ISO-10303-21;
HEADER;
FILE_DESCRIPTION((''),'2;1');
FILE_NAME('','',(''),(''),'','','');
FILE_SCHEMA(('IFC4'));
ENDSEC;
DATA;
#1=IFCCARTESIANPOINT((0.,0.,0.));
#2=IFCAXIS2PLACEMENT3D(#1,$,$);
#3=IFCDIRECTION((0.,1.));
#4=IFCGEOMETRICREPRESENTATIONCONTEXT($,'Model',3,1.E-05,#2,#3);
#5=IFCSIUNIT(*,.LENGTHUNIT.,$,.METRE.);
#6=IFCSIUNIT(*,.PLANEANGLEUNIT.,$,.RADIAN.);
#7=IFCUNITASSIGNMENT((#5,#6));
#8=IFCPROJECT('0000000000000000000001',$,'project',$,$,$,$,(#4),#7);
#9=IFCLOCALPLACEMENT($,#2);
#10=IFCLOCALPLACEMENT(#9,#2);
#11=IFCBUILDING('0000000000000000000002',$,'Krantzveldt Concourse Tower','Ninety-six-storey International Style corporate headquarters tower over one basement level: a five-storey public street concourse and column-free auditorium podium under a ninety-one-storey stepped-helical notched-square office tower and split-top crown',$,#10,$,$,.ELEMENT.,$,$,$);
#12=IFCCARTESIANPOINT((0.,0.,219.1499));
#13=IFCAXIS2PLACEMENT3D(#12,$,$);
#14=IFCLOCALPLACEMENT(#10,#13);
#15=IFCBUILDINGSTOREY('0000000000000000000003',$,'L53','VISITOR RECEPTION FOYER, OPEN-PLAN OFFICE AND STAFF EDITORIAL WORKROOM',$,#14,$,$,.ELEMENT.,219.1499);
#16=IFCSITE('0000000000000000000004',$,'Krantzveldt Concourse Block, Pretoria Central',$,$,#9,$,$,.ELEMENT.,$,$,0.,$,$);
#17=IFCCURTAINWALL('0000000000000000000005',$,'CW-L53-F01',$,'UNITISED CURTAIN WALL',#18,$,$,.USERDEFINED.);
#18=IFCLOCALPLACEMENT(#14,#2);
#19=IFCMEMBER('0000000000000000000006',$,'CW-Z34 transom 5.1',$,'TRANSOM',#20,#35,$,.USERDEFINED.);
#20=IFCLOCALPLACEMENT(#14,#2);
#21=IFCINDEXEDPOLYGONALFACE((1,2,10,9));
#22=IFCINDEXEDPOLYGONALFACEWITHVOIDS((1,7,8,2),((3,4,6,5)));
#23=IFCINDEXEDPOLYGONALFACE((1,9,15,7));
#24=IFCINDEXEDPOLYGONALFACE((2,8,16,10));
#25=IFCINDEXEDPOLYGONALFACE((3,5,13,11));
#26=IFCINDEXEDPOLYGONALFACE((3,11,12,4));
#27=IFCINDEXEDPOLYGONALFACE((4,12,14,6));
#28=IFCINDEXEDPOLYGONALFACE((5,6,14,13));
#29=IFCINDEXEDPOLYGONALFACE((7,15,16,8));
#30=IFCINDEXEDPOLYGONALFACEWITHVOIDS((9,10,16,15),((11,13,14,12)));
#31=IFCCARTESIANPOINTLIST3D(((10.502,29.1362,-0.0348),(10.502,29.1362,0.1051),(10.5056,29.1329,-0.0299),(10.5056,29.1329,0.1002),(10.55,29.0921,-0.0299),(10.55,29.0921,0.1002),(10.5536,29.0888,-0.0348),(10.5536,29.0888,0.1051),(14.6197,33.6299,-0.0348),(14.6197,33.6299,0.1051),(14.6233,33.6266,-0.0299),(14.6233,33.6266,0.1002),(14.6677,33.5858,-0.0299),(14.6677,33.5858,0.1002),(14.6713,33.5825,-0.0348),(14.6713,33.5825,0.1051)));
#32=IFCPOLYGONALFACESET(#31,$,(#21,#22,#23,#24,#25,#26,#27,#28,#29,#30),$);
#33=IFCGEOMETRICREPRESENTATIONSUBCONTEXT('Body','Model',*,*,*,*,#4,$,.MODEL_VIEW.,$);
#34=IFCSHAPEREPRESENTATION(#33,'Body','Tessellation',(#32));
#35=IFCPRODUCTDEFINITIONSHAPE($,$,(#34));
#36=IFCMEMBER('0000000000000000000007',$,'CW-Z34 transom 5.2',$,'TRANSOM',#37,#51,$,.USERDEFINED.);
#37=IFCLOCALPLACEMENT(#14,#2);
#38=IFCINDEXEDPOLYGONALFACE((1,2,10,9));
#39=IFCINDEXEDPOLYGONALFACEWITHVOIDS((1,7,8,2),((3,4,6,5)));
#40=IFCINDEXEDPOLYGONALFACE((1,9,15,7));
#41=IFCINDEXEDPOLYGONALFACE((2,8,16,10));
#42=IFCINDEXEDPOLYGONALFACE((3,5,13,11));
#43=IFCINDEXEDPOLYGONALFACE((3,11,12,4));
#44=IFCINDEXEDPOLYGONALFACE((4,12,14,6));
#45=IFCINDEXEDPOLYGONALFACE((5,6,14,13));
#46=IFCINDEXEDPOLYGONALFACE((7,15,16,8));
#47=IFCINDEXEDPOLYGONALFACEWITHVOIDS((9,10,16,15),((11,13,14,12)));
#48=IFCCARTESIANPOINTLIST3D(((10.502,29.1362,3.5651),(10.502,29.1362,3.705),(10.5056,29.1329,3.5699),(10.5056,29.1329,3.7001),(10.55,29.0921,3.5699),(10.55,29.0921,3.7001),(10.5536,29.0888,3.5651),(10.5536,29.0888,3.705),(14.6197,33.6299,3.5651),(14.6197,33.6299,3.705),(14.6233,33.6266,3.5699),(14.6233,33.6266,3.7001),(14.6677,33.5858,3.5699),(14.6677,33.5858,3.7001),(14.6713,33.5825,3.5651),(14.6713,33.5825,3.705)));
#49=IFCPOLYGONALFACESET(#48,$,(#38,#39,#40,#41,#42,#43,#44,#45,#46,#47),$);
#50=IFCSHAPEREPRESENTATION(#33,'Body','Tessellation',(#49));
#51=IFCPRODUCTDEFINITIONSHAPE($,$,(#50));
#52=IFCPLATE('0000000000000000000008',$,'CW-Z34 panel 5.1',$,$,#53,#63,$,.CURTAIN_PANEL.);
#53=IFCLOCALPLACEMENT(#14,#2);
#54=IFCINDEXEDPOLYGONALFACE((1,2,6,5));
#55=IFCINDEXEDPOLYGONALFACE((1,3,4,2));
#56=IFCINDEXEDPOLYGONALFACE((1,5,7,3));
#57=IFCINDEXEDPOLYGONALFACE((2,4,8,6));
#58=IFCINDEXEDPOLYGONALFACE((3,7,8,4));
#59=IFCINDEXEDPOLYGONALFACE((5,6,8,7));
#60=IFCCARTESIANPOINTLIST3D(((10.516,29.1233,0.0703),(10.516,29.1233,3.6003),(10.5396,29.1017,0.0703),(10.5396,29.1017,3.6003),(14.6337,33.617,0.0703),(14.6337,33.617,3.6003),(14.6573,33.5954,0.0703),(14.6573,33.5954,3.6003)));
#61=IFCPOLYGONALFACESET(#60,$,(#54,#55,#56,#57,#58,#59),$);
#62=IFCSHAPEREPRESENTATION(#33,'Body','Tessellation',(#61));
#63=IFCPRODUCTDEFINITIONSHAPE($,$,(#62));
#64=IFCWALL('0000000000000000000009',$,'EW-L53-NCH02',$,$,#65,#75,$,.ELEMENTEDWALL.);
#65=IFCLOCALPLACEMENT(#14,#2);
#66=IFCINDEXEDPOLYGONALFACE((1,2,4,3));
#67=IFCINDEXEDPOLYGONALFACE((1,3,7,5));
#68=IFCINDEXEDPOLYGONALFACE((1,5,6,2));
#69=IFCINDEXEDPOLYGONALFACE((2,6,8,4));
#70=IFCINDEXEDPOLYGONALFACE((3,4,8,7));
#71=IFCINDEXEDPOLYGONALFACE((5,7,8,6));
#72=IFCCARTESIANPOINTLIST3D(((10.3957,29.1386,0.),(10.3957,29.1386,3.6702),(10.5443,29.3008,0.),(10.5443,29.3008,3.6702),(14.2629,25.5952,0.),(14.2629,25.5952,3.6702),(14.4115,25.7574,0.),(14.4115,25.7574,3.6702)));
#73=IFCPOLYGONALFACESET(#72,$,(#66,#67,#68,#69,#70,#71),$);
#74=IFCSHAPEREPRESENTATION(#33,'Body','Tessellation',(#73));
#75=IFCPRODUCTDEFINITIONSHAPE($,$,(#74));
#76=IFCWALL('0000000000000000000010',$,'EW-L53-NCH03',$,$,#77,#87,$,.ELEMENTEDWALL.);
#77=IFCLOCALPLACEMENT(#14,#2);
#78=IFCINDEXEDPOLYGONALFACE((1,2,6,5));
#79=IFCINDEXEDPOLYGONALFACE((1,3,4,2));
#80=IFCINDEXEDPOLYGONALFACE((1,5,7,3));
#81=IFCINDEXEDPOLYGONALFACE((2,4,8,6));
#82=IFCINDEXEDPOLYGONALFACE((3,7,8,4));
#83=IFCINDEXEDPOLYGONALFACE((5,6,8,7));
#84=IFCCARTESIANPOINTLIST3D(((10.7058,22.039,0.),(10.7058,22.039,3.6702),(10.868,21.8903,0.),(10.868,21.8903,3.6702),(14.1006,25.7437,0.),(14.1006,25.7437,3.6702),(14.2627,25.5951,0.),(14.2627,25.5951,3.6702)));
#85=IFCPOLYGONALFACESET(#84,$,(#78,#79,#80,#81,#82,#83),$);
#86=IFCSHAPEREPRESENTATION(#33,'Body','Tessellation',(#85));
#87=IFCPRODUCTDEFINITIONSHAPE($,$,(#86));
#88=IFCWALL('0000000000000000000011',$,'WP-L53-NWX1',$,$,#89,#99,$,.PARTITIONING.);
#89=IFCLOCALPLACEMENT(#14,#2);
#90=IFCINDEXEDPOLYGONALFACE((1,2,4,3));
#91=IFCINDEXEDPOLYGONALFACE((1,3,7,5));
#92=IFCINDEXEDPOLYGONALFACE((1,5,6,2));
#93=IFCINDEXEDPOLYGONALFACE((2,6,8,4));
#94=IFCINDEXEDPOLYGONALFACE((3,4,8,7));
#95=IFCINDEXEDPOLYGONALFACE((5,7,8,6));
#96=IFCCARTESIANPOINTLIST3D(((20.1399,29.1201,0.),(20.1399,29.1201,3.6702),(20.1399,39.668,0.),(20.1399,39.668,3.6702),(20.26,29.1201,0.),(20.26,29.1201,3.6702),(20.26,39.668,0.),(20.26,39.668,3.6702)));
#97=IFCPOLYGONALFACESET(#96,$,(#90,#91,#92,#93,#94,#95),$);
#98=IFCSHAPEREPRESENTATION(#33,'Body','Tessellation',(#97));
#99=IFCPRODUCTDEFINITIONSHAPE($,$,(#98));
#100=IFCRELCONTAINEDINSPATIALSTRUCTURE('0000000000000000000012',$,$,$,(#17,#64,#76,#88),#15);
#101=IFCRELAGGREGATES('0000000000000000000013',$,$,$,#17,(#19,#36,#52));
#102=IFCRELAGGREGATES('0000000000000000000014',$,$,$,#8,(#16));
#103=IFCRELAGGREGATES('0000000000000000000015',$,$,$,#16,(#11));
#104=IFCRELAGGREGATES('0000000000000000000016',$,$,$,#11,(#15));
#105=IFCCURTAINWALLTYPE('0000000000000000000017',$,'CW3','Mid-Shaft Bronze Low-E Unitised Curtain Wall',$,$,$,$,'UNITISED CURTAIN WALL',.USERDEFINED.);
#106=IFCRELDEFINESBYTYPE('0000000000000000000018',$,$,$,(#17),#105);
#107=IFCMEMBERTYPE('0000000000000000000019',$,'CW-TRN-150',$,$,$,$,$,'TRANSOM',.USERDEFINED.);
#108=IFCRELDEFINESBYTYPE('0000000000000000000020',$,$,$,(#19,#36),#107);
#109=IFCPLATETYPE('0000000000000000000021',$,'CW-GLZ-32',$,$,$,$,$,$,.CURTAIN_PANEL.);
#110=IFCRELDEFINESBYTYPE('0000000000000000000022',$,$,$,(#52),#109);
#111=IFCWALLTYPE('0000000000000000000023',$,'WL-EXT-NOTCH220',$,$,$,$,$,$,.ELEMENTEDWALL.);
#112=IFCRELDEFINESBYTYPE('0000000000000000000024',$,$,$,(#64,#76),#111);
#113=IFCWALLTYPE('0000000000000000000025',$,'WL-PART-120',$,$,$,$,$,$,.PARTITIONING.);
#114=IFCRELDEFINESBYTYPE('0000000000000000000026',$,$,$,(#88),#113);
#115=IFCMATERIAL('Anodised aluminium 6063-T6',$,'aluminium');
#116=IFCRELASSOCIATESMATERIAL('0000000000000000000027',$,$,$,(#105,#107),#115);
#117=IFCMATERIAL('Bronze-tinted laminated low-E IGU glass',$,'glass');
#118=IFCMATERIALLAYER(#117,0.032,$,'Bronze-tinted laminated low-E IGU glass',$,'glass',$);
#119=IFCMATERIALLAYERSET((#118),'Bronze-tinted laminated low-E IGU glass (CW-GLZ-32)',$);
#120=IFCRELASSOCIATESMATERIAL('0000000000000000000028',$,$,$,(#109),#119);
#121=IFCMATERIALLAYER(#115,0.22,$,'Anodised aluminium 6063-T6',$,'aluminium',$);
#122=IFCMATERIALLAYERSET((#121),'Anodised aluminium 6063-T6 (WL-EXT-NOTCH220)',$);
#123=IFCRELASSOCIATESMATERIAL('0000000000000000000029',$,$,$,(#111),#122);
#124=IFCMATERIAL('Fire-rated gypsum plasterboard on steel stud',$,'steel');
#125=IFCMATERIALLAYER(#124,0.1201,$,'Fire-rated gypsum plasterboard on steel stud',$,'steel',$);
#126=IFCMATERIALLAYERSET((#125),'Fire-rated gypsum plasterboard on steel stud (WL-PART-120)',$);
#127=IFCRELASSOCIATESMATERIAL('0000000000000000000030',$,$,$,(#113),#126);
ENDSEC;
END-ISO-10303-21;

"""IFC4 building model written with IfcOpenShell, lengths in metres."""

from ifc_helpers import new_model, si_unit, direction, frame, frame_2d, origin, origin_2d, place, context, subcontext, project, spatial, rectangle, hollow_rectangle, extrude, source, transform, mapped, material, layer, layer_set, material_profile, profile_set, type_object, type_shapes, element, aggregate, save


model = new_model("IFC4")

# Units and contexts
model_context = context("Model", 3, precision=1e-05, world=origin(), true_north=direction((0.0, 1.0)))
body_context = subcontext(model_context, "Body", "Model", "MODEL_VIEW")
ifc_project = project(units=[si_unit("LENGTHUNIT", "METRE"), si_unit("PLANEANGLEUNIT", "RADIAN")], contexts=[model_context])

# Site, building, storey
site_placement = place(None, origin())
site = spatial("IfcSite", under=ifc_project, at=site_placement, Name="Krantzveldt Concourse Block, Pretoria Central", CompositionType="ELEMENT", RefElevation=0.0)
building_placement = place(site_placement, origin())
building = spatial("IfcBuilding", under=site, at=building_placement, Name="Krantzveldt Concourse Tower", Description="Ninety-six-storey International Style corporate headquarters tower over one basement level: a five-storey public street concourse and column-free auditorium podium under a ninety-one-storey stepped-helical notched-square office tower and split-top crown", CompositionType="ELEMENT")
storey_placement = place(building_placement, frame((0.0, 0.0, 219.1499)))
storey = spatial("IfcBuildingStorey", under=building, at=storey_placement, Name="L53", Description="VISITOR RECEPTION FOYER, OPEN-PLAN OFFICE AND STAFF EDITORIAL WORKROOM", CompositionType="ELEMENT", Elevation=219.1499)

# Curtain wall
ifc_material_1 = material(Name="Anodised aluminium 6063-T6", Category="aluminium")
curtain_wall_type = type_object("IfcCurtainWallType", Name="CW3", Description="Mid-Shaft Bronze Low-E Unitised Curtain Wall", ElementType="UNITISED CURTAIN WALL", PredefinedType="USERDEFINED", material=ifc_material_1)
curtain_wall_1_placement = place(storey_placement, origin())
curtain_wall_1 = element("IfcCurtainWall", 1, at=curtain_wall_1_placement, inside=storey, type_object=curtain_wall_type, Name="CW-L53-F01", ObjectType="UNITISED CURTAIN WALL", PredefinedType="USERDEFINED")

# Members
ifc_material_profile_1 = material_profile(ifc_material_1, hollow_rectangle(XDim=0.0701, YDim=0.1399, WallThickness=0.0049, at=origin_2d()), Name="Anodised aluminium 6063-T6", Category="aluminium")
ifc_profile_set_1 = profile_set([ifc_material_profile_1], Name="Anodised aluminium 6063-T6 - ALU-TRAN 140x70x5")
member_type_1 = type_object("IfcMemberType", Name="CW-TRN-150", ElementType="TRANSOM", PredefinedType="USERDEFINED", material=ifc_profile_set_1)
shared_shape_1 = source(origin(), body_context, "Body", "SweptSolid", [
    extrude(hollow_rectangle(XDim=0.0701, YDim=0.1399, WallThickness=0.0049, at=origin_2d()), origin(), (0.0, 0.0, 1.0), 6.095),
])
type_shapes(member_type_1, [shared_shape_1])
member_1_placement = place(storey_placement, frame((14.6455, 33.6062, 0.0352), z_axis=(-0.67559, -0.737277, 0.0), x_axis=(0.737277, -0.67559, 0.0)))
member_1 = element("IfcMember", 2, at=member_1_placement, type_object=member_type_1, Name="CW-Z34 transom 5.1", ObjectType="TRANSOM", PredefinedType="USERDEFINED", context=body_context, shape_type="MappedRepresentation", body=[
    mapped(shared_shape_1, transform((0.0, 0.0, 0.0), x_axis=(1.0, 0.0, 0.0), y_axis=(0.0, 1.0, 0.0), z_axis=(0.0, 0.0, 1.0), scale=1.0)),
])
member_2_placement = place(storey_placement, frame((14.6455, 33.6062, 3.635), z_axis=(-0.67559, -0.737277, 0.0), x_axis=(0.737277, -0.67559, 0.0)))
member_2 = element("IfcMember", 3, at=member_2_placement, type_object=member_type_1, Name="CW-Z34 transom 5.2", ObjectType="TRANSOM", PredefinedType="USERDEFINED", context=body_context, shape_type="MappedRepresentation", body=[
    mapped(shared_shape_1, transform((0.0, 0.0, 0.0), x_axis=(1.0, 0.0, 0.0), y_axis=(0.0, 1.0, 0.0), z_axis=(0.0, 0.0, 1.0), scale=1.0)),
])

# Plate
ifc_material_2 = material(Name="Bronze-tinted laminated low-E IGU glass", Category="glass")
ifc_layer_1 = layer(ifc_material_2, 0.032, Name="Bronze-tinted laminated low-E IGU glass", Category="glass")
ifc_layer_set_1 = layer_set([ifc_layer_1], Name="Bronze-tinted laminated low-E IGU glass (CW-GLZ-32)")
plate_type = type_object("IfcPlateType", Name="CW-GLZ-32", PredefinedType="CURTAIN_PANEL", material=ifc_layer_set_1)
shared_shape_2 = source(origin(), body_context, "Body", "SweptSolid", [
    extrude(rectangle(XDim=6.095, YDim=0.032, at=origin_2d()), origin(), (0.0, 0.0, 1.0), 3.53),
])
type_shapes(plate_type, [shared_shape_2])
plate_placement = place(storey_placement, frame((12.5867, 31.3594, 0.0703), z_axis=(0.0, 0.0, 1.0), x_axis=(-0.67559, -0.737277, 0.0)))
plate = element("IfcPlate", 4, at=plate_placement, type_object=plate_type, Name="CW-Z34 panel 5.1", PredefinedType="CURTAIN_PANEL", context=body_context, shape_type="MappedRepresentation", body=[
    mapped(shared_shape_2, transform((0.0, 0.0, 0.0), x_axis=(1.0, 0.0, 0.0), y_axis=(0.0, 1.0, 0.0), z_axis=(0.0, 0.0, 1.0), scale=1.0)),
])
aggregate(curtain_wall_1, [member_1, member_2, plate])

# Walls
ifc_layer_2 = layer(ifc_material_1, 0.22, Name="Anodised aluminium 6063-T6", Category="aluminium")
ifc_layer_set_2 = layer_set([ifc_layer_2], Name="Anodised aluminium 6063-T6 (WL-EXT-NOTCH220)")
wall_type_1 = type_object("IfcWallType", Name="WL-EXT-NOTCH220", PredefinedType="ELEMENTEDWALL", material=ifc_layer_set_2)
wall_1_placement = place(storey_placement, frame((10.47, 29.2197, 0.0), z_axis=(0.0, 0.0, 1.0), x_axis=(0.737293, -0.675573, 0.0)))
element("IfcWall", 5, at=wall_1_placement, inside=storey, type_object=wall_type_1, Name="EW-L53-NCH02", PredefinedType="ELEMENTEDWALL", context=body_context, shape_type="SweptSolid", body=[
    extrude(rectangle(XDim=5.2451, YDim=0.22, at=frame_2d((2.6226, 0.0))), origin(), (0.0, 0.0, 1.0), 3.6702),
])
wall_2_placement = place(storey_placement, frame((14.1816, 25.6694, 0.0), z_axis=(0.0, 0.0, 1.0), x_axis=(-0.675582, -0.737285, 0.0)))
element("IfcWall", 6, at=wall_2_placement, inside=storey, type_object=wall_type_1, Name="EW-L53-NCH03", PredefinedType="ELEMENTEDWALL", context=body_context, shape_type="SweptSolid", body=[
    extrude(rectangle(XDim=5.0249, YDim=0.22, at=frame_2d((2.5125, 0.0))), origin(), (0.0, 0.0, 1.0), 3.6702),
])
ifc_material_3 = material(Name="Fire-rated gypsum plasterboard on steel stud", Category="steel")
ifc_layer_3 = layer(ifc_material_3, 0.1201, Name="Fire-rated gypsum plasterboard on steel stud", Category="steel")
ifc_layer_set_3 = layer_set([ifc_layer_3], Name="Fire-rated gypsum plasterboard on steel stud (WL-PART-120)")
wall_type_2 = type_object("IfcWallType", Name="WL-PART-120", PredefinedType="PARTITIONING", material=ifc_layer_set_3)
wall_3_placement = place(storey_placement, frame((20.2, 29.1201, 0.0), z_axis=(0.0, 0.0, 1.0), x_axis=(0.0, 1.0, 0.0)))
element("IfcWall", 7, at=wall_3_placement, inside=storey, type_object=wall_type_2, Name="WP-L53-NWX1", PredefinedType="PARTITIONING", context=body_context, shape_type="SweptSolid", body=[
    extrude(rectangle(XDim=10.5479, YDim=0.1201, at=frame_2d((5.2739, 0.0))), origin(), (0.0, 0.0, 1.0), 3.6702),
])

save(model, "model.ifc")
